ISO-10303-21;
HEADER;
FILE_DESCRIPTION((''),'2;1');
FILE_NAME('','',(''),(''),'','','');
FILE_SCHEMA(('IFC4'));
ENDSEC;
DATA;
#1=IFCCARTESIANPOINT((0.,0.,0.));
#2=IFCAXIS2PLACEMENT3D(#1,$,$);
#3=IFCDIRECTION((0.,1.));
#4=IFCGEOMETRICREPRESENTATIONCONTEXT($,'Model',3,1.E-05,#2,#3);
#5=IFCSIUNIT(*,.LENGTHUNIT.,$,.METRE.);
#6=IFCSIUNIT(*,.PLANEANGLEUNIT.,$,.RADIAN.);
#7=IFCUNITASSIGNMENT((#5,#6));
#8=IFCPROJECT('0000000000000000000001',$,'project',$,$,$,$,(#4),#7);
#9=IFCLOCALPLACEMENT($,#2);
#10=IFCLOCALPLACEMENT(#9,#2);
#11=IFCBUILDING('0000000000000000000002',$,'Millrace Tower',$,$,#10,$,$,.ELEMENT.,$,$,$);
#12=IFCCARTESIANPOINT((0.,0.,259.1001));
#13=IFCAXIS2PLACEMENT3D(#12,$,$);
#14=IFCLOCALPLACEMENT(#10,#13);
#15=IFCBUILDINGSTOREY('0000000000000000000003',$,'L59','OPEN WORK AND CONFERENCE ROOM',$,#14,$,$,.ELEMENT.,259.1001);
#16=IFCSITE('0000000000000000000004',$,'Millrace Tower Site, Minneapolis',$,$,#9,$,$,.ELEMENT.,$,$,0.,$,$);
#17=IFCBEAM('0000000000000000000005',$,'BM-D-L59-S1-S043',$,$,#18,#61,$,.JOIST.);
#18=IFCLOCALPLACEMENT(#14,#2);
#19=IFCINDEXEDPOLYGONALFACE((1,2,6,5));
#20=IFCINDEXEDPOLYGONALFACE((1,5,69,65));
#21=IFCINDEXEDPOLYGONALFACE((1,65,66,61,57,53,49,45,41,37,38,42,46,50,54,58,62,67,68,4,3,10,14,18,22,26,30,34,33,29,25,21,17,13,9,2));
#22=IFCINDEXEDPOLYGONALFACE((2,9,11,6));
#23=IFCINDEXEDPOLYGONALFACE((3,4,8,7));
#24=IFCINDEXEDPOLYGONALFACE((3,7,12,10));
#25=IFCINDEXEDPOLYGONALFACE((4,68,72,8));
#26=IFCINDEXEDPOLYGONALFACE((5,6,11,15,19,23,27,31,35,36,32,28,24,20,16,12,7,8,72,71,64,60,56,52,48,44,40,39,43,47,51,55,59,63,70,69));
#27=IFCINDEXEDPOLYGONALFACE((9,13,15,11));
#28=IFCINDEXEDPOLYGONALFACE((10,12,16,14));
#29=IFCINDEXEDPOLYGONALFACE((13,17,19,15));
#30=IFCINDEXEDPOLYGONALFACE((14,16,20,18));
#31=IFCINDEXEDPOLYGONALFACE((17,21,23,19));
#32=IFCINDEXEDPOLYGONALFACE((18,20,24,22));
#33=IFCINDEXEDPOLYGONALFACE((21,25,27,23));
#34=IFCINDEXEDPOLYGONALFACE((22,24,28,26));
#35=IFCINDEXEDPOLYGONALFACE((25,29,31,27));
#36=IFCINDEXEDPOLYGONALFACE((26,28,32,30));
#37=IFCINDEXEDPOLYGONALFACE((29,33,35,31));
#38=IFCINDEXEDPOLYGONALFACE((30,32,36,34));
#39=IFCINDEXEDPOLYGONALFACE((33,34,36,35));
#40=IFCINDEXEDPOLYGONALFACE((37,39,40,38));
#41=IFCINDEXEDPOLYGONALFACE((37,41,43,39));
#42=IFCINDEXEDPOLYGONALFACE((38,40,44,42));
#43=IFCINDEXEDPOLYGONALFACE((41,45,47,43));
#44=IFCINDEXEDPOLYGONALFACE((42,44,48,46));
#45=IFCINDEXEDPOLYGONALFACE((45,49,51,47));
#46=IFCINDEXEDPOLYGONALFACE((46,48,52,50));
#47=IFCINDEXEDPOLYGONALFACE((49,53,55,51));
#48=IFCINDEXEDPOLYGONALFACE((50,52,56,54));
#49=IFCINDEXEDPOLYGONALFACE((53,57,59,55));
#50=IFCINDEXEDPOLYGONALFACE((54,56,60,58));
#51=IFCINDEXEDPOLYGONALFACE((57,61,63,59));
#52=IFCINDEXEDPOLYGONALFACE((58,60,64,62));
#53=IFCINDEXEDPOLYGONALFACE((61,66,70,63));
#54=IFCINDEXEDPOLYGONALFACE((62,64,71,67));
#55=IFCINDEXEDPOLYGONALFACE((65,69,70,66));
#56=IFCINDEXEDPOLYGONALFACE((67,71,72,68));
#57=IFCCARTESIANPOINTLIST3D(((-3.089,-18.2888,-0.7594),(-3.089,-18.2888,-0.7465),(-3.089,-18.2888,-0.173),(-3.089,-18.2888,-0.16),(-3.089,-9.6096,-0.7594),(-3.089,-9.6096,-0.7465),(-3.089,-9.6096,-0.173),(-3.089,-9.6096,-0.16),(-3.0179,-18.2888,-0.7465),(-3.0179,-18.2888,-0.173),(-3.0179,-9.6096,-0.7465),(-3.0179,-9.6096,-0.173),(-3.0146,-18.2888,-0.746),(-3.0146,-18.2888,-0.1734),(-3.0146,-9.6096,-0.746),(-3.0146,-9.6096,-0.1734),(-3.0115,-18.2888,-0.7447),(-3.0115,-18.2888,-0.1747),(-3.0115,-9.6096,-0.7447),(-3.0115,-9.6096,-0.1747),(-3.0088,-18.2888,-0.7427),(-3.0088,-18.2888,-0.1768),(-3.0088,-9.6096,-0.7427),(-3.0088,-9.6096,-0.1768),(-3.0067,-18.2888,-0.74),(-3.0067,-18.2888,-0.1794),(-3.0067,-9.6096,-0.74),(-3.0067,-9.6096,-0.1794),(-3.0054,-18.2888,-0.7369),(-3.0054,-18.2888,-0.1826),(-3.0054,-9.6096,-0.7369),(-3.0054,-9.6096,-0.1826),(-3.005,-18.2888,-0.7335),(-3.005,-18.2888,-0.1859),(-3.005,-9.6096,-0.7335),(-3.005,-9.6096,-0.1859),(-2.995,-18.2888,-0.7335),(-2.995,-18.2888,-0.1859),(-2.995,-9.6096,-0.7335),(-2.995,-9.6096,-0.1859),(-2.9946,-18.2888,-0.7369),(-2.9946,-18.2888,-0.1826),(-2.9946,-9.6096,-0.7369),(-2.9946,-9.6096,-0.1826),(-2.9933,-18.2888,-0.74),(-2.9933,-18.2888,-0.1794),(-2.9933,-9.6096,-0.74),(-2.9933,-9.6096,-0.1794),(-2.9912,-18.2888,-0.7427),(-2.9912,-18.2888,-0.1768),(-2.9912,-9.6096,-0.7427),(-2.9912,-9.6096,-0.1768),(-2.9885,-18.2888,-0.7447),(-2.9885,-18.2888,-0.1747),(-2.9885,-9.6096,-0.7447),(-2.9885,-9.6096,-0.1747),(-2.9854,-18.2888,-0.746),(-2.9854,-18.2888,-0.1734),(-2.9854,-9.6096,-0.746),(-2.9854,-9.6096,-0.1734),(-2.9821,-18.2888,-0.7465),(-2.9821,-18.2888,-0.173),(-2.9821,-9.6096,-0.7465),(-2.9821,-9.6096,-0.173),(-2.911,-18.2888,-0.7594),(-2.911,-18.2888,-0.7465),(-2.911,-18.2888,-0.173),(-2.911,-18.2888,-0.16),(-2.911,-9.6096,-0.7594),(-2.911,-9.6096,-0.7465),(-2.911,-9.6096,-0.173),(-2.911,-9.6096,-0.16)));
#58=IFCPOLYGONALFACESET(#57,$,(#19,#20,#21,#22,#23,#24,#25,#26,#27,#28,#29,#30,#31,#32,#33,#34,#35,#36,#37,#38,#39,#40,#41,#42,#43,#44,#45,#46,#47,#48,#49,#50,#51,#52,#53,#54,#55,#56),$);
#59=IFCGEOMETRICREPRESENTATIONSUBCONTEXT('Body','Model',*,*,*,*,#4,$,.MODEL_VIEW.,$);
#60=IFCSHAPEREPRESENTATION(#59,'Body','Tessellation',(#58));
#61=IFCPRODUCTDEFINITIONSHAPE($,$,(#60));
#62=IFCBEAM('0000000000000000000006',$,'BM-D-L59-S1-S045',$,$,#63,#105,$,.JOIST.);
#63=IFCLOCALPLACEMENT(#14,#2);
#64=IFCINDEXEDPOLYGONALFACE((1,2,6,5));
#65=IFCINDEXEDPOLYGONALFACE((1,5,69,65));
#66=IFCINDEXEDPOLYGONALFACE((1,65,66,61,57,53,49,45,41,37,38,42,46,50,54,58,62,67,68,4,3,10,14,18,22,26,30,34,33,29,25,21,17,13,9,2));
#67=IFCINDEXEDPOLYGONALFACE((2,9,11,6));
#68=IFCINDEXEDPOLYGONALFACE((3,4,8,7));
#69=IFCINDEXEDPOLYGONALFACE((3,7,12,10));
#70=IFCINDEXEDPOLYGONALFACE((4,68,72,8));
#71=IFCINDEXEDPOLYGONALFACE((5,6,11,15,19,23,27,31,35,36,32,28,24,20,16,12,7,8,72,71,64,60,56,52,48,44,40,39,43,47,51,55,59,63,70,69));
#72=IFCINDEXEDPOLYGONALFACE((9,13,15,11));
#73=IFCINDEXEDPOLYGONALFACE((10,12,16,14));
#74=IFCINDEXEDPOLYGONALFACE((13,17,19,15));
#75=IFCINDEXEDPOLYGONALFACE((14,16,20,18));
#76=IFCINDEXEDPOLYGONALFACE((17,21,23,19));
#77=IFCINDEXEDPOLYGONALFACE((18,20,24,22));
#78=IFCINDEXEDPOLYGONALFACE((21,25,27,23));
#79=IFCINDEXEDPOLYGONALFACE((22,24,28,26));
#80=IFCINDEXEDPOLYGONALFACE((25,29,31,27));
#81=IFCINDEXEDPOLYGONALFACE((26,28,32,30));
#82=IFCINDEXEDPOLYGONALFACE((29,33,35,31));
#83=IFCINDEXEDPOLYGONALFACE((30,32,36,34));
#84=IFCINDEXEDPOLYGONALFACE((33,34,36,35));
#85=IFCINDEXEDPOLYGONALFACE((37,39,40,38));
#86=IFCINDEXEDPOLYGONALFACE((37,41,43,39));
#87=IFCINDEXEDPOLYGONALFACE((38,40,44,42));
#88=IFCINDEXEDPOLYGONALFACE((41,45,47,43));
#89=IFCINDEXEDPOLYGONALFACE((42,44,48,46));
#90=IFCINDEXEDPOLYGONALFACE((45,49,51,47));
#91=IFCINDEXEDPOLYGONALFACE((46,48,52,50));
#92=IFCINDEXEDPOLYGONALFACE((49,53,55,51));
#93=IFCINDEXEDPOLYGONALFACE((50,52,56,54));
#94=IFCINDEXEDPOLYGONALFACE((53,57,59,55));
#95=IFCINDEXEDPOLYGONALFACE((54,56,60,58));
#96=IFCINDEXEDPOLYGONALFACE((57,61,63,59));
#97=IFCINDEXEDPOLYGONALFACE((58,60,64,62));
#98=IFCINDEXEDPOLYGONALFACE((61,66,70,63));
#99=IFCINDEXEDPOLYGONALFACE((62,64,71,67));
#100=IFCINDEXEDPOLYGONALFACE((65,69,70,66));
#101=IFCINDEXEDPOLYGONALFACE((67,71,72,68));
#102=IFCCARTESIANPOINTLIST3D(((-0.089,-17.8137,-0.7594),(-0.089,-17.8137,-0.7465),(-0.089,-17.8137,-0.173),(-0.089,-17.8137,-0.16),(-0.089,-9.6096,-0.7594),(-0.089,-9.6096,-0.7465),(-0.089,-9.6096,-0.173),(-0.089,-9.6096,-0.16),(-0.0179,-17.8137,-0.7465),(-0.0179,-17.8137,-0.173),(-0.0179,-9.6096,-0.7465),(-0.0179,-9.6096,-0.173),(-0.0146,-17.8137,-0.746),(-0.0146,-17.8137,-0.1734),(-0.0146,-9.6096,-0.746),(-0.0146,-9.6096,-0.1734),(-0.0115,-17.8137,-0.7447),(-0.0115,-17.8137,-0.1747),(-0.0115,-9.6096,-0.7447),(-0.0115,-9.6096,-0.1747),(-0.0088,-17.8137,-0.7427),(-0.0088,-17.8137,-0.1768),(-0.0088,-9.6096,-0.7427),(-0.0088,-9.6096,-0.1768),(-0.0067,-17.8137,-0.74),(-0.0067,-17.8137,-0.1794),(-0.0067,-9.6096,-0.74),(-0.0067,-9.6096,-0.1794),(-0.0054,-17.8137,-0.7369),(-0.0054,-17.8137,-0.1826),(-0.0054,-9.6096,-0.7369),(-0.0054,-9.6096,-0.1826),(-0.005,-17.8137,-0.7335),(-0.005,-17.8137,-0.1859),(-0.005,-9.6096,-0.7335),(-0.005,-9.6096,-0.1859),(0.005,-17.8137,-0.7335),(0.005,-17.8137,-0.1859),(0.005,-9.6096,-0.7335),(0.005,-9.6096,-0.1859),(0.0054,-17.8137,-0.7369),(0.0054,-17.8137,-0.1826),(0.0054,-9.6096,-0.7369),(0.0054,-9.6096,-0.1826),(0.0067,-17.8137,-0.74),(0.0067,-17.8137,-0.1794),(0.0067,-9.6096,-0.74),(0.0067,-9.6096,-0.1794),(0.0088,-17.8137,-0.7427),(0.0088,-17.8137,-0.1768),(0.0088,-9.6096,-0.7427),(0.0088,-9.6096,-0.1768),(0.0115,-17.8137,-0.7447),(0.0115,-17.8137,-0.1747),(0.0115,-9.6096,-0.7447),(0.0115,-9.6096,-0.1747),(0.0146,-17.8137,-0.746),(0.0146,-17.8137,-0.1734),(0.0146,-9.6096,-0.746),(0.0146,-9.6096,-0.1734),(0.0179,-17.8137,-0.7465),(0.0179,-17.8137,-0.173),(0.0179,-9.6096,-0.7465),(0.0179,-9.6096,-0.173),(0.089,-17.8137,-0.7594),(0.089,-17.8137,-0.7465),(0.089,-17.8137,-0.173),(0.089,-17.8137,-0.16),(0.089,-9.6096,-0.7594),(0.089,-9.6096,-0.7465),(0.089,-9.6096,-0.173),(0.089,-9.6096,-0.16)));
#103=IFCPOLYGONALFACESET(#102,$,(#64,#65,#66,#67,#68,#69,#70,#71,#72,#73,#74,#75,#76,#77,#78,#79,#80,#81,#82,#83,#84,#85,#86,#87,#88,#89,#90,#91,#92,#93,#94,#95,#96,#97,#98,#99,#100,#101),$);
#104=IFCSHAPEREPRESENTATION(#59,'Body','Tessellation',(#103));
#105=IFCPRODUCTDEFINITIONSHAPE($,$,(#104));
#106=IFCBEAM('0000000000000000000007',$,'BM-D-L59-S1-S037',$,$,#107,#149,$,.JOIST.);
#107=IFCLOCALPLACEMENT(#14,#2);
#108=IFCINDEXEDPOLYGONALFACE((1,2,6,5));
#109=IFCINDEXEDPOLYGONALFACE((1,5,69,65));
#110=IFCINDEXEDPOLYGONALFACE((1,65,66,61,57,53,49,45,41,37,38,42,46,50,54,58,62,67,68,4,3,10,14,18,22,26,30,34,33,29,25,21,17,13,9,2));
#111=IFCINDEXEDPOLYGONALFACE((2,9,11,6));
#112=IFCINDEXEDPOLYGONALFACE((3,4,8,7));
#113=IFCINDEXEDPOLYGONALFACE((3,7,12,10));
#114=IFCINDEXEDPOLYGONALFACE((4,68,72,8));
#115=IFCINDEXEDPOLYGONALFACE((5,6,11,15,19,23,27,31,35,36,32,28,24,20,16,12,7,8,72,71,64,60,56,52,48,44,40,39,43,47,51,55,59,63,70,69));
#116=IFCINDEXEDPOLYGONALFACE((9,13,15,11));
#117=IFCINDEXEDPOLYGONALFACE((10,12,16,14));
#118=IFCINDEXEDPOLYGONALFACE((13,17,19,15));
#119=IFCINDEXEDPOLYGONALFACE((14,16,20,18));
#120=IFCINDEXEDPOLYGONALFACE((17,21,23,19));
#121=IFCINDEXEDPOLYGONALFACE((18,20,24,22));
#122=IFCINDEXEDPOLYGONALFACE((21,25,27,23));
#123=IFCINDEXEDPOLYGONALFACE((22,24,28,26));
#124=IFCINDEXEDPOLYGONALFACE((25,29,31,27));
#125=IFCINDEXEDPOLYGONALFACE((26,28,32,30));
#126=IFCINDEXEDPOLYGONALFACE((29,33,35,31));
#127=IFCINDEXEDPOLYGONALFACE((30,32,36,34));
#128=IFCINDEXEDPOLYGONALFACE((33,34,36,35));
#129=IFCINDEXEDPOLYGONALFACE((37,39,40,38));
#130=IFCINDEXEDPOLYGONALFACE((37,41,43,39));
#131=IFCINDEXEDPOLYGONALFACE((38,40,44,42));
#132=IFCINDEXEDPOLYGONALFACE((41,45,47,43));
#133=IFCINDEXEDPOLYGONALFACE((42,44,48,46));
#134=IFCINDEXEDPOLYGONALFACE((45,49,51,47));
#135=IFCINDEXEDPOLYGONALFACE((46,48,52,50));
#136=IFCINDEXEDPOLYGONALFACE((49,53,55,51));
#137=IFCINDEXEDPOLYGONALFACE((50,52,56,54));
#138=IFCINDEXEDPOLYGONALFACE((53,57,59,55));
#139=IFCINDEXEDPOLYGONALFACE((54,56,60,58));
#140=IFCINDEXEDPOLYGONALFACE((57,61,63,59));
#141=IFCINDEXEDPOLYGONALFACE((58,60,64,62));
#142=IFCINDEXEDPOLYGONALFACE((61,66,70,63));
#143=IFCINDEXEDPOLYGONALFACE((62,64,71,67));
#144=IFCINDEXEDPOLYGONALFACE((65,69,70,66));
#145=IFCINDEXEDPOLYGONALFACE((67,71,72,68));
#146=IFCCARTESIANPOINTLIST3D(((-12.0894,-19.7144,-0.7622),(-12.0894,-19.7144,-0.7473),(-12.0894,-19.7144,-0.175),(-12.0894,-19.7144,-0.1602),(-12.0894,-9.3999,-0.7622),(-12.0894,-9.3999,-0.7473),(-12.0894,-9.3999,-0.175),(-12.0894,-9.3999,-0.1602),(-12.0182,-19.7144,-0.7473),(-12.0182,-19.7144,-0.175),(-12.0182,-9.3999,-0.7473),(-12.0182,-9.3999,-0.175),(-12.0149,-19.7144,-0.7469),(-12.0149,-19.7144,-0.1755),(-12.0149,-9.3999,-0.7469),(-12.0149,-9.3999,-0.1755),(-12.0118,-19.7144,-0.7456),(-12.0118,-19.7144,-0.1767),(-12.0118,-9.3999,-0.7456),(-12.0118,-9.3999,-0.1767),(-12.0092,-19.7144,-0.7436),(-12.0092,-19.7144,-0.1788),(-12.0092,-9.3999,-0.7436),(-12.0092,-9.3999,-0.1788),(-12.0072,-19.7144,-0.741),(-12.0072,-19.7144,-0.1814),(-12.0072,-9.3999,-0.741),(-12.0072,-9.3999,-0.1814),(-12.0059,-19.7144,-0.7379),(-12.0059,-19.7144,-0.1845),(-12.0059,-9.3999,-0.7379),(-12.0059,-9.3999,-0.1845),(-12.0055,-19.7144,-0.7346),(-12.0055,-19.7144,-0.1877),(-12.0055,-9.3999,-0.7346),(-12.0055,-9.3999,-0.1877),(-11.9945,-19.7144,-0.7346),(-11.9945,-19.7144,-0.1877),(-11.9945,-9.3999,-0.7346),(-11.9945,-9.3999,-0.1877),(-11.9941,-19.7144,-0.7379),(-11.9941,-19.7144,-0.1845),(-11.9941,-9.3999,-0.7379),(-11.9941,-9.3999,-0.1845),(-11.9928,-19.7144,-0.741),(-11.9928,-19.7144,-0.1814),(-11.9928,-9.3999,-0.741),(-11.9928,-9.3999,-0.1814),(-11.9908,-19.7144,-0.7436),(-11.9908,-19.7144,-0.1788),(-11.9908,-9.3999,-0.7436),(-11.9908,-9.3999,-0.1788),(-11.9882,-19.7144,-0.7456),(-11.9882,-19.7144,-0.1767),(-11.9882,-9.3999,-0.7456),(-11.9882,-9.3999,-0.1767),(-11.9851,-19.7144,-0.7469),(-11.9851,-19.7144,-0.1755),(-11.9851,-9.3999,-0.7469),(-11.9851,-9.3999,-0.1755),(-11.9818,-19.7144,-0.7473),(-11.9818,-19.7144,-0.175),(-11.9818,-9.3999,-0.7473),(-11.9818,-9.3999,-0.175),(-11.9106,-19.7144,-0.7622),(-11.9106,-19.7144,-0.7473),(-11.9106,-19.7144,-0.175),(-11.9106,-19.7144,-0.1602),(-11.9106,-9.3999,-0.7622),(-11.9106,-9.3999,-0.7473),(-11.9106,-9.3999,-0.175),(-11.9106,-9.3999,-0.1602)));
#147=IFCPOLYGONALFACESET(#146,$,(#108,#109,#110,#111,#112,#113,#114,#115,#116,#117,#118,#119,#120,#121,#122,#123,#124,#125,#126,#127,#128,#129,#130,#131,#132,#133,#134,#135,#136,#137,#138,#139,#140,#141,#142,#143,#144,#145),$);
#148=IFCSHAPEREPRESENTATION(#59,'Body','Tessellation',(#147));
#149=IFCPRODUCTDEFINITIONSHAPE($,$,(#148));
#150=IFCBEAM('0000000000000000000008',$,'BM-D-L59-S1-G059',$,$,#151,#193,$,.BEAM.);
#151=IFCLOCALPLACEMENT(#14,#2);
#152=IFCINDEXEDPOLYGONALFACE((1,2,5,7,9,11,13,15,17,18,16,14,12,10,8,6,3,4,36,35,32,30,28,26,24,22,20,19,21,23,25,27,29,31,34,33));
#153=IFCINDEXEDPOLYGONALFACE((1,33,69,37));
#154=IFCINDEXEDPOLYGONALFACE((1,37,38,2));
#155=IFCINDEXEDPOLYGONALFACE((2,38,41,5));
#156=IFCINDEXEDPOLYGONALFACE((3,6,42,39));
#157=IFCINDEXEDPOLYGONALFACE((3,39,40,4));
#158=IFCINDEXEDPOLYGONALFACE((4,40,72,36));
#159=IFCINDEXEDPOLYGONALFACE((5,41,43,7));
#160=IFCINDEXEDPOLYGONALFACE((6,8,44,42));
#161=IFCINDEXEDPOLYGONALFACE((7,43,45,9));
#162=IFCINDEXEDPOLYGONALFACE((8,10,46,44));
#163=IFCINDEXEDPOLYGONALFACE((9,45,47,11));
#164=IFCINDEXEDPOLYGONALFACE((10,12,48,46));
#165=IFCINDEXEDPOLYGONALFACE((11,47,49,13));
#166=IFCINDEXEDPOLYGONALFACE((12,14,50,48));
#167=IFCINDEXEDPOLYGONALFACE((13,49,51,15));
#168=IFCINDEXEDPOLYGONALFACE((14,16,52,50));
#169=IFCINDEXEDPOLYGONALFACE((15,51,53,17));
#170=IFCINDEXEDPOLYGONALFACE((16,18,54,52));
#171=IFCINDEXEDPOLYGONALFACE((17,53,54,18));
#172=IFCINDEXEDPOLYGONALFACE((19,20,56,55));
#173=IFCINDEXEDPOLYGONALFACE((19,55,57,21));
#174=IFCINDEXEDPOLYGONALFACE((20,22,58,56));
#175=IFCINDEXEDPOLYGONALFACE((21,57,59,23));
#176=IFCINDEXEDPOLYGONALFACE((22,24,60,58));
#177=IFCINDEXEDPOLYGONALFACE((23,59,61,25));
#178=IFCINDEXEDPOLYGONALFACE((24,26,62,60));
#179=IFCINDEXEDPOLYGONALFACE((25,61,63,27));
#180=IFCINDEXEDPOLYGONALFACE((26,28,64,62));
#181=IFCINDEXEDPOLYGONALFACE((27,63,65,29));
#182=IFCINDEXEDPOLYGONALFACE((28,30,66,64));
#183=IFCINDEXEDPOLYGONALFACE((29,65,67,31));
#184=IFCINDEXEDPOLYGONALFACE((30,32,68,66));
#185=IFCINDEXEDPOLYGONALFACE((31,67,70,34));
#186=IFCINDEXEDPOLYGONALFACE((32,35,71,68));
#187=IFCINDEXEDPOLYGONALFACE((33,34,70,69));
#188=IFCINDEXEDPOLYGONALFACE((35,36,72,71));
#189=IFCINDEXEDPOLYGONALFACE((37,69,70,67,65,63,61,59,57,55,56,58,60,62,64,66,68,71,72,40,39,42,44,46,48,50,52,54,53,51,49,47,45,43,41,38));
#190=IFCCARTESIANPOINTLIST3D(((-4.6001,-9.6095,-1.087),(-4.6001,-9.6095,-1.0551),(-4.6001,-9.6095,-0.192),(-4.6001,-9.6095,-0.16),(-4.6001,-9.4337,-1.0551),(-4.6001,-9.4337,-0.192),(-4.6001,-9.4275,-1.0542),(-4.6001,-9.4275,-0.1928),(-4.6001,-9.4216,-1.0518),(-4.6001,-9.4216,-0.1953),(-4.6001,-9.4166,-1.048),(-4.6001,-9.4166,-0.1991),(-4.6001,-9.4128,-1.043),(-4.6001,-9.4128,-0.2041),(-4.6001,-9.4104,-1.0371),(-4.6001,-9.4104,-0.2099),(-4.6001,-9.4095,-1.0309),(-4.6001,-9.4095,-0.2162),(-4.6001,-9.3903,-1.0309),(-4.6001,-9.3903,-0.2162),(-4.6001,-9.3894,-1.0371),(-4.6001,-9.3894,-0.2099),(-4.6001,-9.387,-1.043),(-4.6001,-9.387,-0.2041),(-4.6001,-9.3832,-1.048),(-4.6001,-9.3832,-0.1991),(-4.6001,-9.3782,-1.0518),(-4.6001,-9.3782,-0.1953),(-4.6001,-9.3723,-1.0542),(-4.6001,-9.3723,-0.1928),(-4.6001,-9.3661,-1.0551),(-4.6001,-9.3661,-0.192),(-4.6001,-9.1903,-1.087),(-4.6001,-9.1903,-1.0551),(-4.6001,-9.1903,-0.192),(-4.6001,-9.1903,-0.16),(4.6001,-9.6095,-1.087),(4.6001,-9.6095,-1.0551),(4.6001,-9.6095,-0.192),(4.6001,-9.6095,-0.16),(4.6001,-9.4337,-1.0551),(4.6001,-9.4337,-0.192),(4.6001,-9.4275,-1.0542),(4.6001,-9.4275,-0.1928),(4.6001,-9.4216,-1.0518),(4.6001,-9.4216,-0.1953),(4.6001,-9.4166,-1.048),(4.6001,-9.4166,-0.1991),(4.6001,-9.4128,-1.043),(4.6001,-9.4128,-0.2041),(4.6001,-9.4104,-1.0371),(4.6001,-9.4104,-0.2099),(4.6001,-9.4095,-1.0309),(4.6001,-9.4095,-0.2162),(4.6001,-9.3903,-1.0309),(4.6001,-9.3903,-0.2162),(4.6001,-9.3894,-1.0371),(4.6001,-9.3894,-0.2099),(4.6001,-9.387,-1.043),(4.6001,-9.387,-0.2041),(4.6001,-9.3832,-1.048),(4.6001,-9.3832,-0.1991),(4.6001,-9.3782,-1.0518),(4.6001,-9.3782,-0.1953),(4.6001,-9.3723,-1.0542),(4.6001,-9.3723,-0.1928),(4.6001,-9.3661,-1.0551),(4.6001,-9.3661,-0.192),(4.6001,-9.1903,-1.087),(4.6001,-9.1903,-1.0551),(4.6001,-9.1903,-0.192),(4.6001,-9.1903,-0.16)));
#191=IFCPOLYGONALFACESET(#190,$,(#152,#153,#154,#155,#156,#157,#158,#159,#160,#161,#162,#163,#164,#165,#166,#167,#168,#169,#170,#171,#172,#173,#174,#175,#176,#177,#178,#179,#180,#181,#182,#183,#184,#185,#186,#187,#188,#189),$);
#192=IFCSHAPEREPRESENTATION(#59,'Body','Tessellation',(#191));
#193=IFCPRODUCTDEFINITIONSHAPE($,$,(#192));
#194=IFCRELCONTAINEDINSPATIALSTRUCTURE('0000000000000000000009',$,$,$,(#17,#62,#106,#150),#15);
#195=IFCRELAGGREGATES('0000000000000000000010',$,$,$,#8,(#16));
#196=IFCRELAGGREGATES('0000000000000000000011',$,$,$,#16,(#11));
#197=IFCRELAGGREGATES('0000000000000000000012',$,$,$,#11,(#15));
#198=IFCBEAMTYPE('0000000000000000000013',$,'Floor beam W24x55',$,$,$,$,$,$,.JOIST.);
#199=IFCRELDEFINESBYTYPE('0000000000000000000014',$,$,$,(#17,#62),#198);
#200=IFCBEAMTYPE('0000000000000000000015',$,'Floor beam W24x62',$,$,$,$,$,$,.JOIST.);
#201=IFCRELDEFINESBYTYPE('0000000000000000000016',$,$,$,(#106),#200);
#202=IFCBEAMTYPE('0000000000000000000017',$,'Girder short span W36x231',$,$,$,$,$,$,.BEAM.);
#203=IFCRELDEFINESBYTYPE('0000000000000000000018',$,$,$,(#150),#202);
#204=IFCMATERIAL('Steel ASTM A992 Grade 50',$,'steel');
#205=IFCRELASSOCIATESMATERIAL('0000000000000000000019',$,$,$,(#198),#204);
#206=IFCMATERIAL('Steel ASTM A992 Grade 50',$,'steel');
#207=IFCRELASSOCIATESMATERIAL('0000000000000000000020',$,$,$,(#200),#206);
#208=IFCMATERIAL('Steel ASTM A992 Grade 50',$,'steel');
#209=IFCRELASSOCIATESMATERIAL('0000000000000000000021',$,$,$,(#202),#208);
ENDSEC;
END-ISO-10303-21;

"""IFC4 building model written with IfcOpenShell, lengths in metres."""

from ifc_helpers import new_model, si_unit, direction, frame, origin, origin_2d, place, context, subcontext, project, spatial, i_section, extrude, material, material_profile, profile_set, type_object, element, save


model = new_model("IFC4")

# Units and contexts
model_context = context("Model", 3, precision=1e-05, world=origin(), true_north=direction((0.0, 1.0)))
body_context = subcontext(model_context, "Body", "Model", "MODEL_VIEW")
ifc_project = project(units=[si_unit("LENGTHUNIT", "METRE"), si_unit("PLANEANGLEUNIT", "RADIAN")], contexts=[model_context])

# Site, building, storey
site_placement = place(None, origin())
site = spatial("IfcSite", under=ifc_project, at=site_placement, Name="Millrace Tower Site, Minneapolis", CompositionType="ELEMENT", RefElevation=0.0)
building_placement = place(site_placement, origin())
building = spatial("IfcBuilding", under=site, at=building_placement, Name="Millrace Tower", CompositionType="ELEMENT")
storey_placement = place(building_placement, frame((0.0, 0.0, 259.1001)))
storey = spatial("IfcBuildingStorey", under=building, at=storey_placement, Name="L59", Description="OPEN WORK AND CONFERENCE ROOM", CompositionType="ELEMENT", Elevation=259.1001)

# Beams
ifc_material_1 = material(Name="Steel ASTM A992 Grade 50", Category="steel")
ifc_material_profile_1 = material_profile(ifc_material_1, i_section(OverallWidth=0.178, OverallDepth=0.5994, WebThickness=0.01, FlangeThickness=0.0129, FilletRadius=0.0129, at=origin_2d()))
ifc_profile_set_1 = profile_set([ifc_material_profile_1], Name="Steel ASTM A992 Grade 50")
beam_type_1 = type_object("IfcBeamType", Name="Floor beam W24x55", PredefinedType="JOIST", material=ifc_profile_set_1)
beam_1_placement = place(storey_placement, frame((-3.0, -18.2888, -0.4597), z_axis=(0.0, 1.0, 0.0), x_axis=(-1.0, 0.0, 0.0)))
element("IfcBeam", 1, at=beam_1_placement, inside=storey, type_object=beam_type_1, Name="BM-D-L59-S1-S043", PredefinedType="JOIST", context=body_context, shape_type="SweptSolid", body=[
    extrude(i_section(OverallWidth=0.178, OverallDepth=0.5994, WebThickness=0.01, FlangeThickness=0.0129, FilletRadius=0.0129, at=origin_2d()), origin(), (0.0, 0.0, 1.0), 8.6792),
])
beam_2_placement = place(storey_placement, frame((0.0, -17.8137, -0.4597), z_axis=(0.0, 1.0, 0.0), x_axis=(-1.0, 0.0, 0.0)))
element("IfcBeam", 2, at=beam_2_placement, inside=storey, type_object=beam_type_1, Name="BM-D-L59-S1-S045", PredefinedType="JOIST", context=body_context, shape_type="SweptSolid", body=[
    extrude(i_section(OverallWidth=0.178, OverallDepth=0.5994, WebThickness=0.01, FlangeThickness=0.0129, FilletRadius=0.0129, at=origin_2d()), origin(), (0.0, 0.0, 1.0), 8.2041),
])
ifc_material_2 = material(Name="Steel ASTM A992 Grade 50", Category="steel")
ifc_material_profile_2 = material_profile(ifc_material_2, i_section(OverallWidth=0.1787, OverallDepth=0.6021, WebThickness=0.011, FlangeThickness=0.0149, FilletRadius=0.0127, at=origin_2d()))
ifc_profile_set_2 = profile_set([ifc_material_profile_2], Name="Steel ASTM A992 Grade 50")
beam_type_2 = type_object("IfcBeamType", Name="Floor beam W24x62", PredefinedType="JOIST", material=ifc_profile_set_2)
beam_3_placement = place(storey_placement, frame((-12.0, -19.7144, -0.4612), z_axis=(0.0, 1.0, 0.0), x_axis=(-1.0, 0.0, 0.0)))
element("IfcBeam", 3, at=beam_3_placement, inside=storey, type_object=beam_type_2, Name="BM-D-L59-S1-S037", PredefinedType="JOIST", context=body_context, shape_type="SweptSolid", body=[
    extrude(i_section(OverallWidth=0.1787, OverallDepth=0.6021, WebThickness=0.011, FlangeThickness=0.0149, FilletRadius=0.0127, at=origin_2d()), origin(), (0.0, 0.0, 1.0), 10.3145),
])
ifc_material_3 = material(Name="Steel ASTM A992 Grade 50", Category="steel")
ifc_material_profile_3 = material_profile(ifc_material_3, i_section(OverallWidth=0.4192, OverallDepth=0.927, WebThickness=0.0193, FlangeThickness=0.032, FilletRadius=0.0242, at=origin_2d()))
ifc_profile_set_3 = profile_set([ifc_material_profile_3], Name="Steel ASTM A992 Grade 50")
beam_type_3 = type_object("IfcBeamType", Name="Girder short span W36x231", PredefinedType="BEAM", material=ifc_profile_set_3)
beam_4_placement = place(storey_placement, frame((-4.6001, -9.3999, -0.6235), z_axis=(1.0, 0.0, 0.0), x_axis=(0.0, 1.0, 0.0)))
element("IfcBeam", 4, at=beam_4_placement, inside=storey, type_object=beam_type_3, Name="BM-D-L59-S1-G059", PredefinedType="BEAM", context=body_context, shape_type="SweptSolid", body=[
    extrude(i_section(OverallWidth=0.4192, OverallDepth=0.927, WebThickness=0.0193, FlangeThickness=0.032, FilletRadius=0.0242, at=origin_2d()), origin(), (0.0, 0.0, 1.0), 9.2002),
])

save(model, "model.ifc")
